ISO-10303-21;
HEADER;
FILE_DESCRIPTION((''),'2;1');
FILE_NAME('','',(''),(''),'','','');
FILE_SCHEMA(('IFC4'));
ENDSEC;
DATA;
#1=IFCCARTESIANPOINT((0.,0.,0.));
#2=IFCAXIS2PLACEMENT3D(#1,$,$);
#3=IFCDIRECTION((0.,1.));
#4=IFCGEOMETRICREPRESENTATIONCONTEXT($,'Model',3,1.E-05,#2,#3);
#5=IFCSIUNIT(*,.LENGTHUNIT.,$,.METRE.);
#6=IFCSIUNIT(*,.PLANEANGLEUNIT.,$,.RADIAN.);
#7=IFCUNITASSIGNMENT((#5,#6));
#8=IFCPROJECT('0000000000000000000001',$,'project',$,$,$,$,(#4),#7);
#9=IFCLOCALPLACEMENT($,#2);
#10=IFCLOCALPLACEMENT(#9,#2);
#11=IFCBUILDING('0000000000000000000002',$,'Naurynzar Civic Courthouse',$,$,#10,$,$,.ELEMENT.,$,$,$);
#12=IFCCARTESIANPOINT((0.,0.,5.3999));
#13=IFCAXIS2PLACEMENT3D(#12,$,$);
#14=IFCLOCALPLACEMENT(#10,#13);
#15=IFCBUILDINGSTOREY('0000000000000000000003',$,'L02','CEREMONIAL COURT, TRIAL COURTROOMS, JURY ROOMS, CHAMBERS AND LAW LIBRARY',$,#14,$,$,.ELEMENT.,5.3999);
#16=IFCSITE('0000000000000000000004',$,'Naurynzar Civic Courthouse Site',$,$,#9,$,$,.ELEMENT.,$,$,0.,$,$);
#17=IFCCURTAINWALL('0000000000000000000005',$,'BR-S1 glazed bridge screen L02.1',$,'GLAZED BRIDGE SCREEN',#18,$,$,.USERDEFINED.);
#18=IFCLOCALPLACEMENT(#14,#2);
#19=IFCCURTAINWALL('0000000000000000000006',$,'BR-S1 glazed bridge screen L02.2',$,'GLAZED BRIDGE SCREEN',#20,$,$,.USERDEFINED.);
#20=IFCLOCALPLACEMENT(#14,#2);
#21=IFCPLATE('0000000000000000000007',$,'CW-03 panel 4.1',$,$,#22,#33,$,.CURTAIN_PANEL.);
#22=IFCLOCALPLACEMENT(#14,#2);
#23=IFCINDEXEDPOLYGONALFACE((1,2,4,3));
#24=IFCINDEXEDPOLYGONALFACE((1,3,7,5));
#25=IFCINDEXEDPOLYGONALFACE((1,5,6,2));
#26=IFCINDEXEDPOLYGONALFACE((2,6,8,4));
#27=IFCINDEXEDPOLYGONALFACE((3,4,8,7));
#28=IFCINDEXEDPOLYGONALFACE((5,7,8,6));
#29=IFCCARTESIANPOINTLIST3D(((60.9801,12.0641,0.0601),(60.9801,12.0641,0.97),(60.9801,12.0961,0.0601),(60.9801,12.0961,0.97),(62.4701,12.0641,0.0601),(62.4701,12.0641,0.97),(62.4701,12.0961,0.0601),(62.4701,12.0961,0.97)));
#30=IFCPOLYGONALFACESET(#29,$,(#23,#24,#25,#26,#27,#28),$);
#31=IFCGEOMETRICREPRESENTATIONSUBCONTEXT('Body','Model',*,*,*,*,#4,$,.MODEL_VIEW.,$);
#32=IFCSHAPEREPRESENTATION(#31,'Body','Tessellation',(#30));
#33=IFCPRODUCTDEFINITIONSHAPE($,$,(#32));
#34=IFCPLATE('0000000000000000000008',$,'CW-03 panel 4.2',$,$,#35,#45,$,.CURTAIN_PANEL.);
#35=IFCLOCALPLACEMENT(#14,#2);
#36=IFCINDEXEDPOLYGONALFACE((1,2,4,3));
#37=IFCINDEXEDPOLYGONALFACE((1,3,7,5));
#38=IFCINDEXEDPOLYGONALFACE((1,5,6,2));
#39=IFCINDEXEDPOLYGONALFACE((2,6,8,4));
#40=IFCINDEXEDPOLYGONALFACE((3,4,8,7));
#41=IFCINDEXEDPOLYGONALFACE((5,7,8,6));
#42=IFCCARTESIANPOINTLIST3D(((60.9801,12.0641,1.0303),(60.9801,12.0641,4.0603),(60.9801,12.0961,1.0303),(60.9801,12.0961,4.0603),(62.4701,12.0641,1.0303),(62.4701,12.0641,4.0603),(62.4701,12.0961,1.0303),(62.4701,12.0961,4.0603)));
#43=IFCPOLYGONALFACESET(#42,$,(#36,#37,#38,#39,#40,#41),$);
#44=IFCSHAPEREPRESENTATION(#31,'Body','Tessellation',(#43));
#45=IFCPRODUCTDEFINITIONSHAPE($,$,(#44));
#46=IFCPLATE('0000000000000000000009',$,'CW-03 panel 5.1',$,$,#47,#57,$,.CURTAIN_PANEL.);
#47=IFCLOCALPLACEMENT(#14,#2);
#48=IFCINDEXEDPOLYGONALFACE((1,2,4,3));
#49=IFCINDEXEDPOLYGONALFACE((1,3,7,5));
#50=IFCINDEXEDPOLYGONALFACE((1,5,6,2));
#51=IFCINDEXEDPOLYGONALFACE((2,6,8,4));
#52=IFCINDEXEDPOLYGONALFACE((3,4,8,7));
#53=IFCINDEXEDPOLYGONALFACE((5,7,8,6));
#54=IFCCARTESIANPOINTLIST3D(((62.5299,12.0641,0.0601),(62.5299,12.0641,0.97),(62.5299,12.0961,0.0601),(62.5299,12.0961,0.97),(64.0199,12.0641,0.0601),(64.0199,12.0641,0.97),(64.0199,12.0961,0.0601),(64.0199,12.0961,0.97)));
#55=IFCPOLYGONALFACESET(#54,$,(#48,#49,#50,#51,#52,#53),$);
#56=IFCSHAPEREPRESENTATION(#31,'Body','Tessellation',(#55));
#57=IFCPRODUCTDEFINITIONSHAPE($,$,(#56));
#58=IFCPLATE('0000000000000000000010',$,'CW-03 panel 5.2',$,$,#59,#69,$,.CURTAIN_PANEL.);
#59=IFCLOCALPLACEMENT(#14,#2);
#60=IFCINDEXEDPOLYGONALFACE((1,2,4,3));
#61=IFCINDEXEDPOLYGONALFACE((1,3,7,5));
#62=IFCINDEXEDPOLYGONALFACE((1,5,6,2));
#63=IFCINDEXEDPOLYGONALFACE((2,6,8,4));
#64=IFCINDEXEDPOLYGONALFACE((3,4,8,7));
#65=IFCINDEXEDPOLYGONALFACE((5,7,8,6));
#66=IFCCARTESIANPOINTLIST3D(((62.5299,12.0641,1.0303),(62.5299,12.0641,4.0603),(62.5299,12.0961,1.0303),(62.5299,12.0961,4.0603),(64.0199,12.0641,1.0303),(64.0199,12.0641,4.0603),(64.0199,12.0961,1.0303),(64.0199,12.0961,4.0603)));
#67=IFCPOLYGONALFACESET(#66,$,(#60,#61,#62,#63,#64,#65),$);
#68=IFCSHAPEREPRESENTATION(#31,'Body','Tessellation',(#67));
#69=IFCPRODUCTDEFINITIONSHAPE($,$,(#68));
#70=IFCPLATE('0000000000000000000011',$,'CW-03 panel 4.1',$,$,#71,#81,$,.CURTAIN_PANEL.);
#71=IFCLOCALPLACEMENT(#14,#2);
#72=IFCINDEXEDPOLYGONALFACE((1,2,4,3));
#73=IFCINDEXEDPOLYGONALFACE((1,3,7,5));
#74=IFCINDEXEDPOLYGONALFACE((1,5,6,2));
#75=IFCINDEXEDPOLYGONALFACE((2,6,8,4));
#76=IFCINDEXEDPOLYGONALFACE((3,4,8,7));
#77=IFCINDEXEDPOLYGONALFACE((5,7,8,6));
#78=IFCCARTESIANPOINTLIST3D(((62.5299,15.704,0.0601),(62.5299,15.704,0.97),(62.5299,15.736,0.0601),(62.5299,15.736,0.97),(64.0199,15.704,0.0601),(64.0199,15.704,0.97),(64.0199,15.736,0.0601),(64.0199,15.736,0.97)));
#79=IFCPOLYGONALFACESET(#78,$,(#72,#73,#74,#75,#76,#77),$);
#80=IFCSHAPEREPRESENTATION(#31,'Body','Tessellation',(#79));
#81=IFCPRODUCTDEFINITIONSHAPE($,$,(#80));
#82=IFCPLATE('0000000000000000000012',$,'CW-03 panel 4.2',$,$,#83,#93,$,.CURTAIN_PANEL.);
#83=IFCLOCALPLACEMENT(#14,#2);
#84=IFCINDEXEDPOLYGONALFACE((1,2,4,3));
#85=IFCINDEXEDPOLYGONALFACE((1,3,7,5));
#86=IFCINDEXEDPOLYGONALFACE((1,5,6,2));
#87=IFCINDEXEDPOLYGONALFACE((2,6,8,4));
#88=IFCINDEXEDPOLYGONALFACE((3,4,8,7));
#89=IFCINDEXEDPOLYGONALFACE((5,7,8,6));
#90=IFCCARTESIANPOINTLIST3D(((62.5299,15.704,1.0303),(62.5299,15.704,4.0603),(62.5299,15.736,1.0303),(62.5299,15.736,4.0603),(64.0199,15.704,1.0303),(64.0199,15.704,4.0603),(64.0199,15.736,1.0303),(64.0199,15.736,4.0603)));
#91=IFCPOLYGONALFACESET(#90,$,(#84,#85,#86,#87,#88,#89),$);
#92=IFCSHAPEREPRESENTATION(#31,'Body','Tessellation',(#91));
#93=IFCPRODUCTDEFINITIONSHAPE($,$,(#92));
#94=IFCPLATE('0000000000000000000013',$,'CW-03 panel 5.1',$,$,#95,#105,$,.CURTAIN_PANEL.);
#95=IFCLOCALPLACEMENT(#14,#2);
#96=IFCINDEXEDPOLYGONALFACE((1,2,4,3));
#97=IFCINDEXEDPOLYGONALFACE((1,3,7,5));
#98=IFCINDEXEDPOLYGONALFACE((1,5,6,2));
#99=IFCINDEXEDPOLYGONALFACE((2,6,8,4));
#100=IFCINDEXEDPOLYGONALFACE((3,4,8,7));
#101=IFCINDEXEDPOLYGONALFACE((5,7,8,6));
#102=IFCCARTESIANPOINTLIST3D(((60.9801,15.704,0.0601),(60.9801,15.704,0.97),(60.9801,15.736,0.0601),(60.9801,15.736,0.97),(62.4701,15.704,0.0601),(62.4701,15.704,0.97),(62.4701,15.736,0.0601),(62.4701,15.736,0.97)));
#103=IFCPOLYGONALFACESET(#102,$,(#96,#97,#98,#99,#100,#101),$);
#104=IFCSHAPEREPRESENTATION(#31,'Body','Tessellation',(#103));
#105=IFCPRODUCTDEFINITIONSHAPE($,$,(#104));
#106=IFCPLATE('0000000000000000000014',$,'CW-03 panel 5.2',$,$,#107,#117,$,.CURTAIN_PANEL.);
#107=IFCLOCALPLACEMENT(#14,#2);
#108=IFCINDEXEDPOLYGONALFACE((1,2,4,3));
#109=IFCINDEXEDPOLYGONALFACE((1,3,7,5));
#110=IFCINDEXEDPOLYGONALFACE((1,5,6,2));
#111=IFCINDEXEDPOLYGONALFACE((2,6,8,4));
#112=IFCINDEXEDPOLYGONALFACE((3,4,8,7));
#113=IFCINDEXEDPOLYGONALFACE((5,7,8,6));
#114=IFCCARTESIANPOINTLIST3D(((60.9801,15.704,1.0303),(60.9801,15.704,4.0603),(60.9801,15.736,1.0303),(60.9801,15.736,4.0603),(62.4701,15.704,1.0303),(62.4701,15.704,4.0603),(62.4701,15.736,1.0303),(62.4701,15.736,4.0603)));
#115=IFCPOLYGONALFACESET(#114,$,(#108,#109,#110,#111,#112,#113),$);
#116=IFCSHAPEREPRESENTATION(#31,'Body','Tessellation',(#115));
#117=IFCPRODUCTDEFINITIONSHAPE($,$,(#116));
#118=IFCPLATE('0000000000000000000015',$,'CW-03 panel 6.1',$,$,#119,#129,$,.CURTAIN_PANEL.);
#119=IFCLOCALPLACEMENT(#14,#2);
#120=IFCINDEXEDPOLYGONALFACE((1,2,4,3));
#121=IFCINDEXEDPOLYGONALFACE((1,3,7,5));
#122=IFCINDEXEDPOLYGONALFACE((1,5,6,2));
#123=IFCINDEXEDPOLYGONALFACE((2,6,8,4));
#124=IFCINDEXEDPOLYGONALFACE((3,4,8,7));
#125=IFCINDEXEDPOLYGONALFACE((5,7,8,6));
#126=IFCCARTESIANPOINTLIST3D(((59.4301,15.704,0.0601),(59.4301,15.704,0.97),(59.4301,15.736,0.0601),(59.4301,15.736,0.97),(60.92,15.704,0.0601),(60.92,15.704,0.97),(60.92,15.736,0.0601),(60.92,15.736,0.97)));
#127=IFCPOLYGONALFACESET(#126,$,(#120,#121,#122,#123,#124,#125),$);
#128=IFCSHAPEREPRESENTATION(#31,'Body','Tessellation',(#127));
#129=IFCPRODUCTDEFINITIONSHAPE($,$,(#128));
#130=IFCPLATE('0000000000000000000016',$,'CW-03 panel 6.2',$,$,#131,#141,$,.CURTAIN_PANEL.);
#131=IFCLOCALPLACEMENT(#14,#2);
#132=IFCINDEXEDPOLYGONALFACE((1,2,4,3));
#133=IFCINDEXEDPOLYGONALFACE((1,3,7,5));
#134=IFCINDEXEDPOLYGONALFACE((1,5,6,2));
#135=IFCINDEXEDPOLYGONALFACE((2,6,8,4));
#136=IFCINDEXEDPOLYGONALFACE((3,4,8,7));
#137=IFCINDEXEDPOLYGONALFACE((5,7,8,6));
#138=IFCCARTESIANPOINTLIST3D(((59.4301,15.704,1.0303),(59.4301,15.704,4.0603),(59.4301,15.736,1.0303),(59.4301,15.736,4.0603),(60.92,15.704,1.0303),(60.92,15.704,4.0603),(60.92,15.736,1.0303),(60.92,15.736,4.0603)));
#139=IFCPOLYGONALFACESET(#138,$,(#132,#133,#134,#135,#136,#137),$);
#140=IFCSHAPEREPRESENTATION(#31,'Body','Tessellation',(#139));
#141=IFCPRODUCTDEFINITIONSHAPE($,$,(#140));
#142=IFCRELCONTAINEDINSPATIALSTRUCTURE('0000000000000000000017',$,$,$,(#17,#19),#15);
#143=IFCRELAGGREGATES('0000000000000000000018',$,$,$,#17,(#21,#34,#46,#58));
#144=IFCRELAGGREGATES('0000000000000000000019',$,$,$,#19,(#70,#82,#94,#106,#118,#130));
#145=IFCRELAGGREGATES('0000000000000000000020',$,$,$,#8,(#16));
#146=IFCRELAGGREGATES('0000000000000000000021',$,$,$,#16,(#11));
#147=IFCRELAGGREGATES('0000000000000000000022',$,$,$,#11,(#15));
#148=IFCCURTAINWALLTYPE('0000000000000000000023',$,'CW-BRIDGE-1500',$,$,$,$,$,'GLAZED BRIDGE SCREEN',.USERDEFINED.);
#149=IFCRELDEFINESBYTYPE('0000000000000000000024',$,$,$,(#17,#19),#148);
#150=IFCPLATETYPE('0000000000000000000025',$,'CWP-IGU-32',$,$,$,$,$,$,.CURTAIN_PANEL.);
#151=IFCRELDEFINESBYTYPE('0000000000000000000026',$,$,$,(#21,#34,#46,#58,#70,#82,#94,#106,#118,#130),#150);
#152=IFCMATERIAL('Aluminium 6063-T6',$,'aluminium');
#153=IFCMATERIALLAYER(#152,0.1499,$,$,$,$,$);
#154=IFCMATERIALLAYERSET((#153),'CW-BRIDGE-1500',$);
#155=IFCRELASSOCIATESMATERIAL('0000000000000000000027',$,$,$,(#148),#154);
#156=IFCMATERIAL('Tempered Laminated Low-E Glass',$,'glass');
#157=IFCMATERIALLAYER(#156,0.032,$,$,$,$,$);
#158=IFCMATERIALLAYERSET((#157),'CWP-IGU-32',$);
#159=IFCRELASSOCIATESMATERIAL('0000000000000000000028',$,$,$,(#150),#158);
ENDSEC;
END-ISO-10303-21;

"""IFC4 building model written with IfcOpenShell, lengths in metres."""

from ifc_helpers import new_model, si_unit, direction, frame, origin, origin_2d, place, context, subcontext, project, spatial, rectangle, extrude, material, layer, layer_set, type_object, element, aggregate, save


model = new_model("IFC4")

# Units and contexts
model_context = context("Model", 3, precision=1e-05, world=origin(), true_north=direction((0.0, 1.0)))
body_context = subcontext(model_context, "Body", "Model", "MODEL_VIEW")
ifc_project = project(units=[si_unit("LENGTHUNIT", "METRE"), si_unit("PLANEANGLEUNIT", "RADIAN")], contexts=[model_context])

# Site, building, storey
site_placement = place(None, origin())
site = spatial("IfcSite", under=ifc_project, at=site_placement, Name="Naurynzar Civic Courthouse Site", CompositionType="ELEMENT", RefElevation=0.0)
building_placement = place(site_placement, origin())
building = spatial("IfcBuilding", under=site, at=building_placement, Name="Naurynzar Civic Courthouse", CompositionType="ELEMENT")
storey_placement = place(building_placement, frame((0.0, 0.0, 5.3999)))
storey = spatial("IfcBuildingStorey", under=building, at=storey_placement, Name="L02", Description="CEREMONIAL COURT, TRIAL COURTROOMS, JURY ROOMS, CHAMBERS AND LAW LIBRARY", CompositionType="ELEMENT", Elevation=5.3999)

# Curtain walls
ifc_material_1 = material(Name="Aluminium 6063-T6", Category="aluminium")
ifc_layer_1 = layer(ifc_material_1, 0.1499)
ifc_layer_set_1 = layer_set([ifc_layer_1], Name="CW-BRIDGE-1500")
curtain_wall_type = type_object("IfcCurtainWallType", Name="CW-BRIDGE-1500", ElementType="GLAZED BRIDGE SCREEN", PredefinedType="USERDEFINED", material=ifc_layer_set_1)
curtain_wall_1_placement = place(storey_placement, origin())
curtain_wall_1 = element("IfcCurtainWall", 1, at=curtain_wall_1_placement, inside=storey, type_object=curtain_wall_type, Name="BR-S1 glazed bridge screen L02.1", ObjectType="GLAZED BRIDGE SCREEN", PredefinedType="USERDEFINED")
curtain_wall_2_placement = place(storey_placement, origin())
curtain_wall_2 = element("IfcCurtainWall", 2, at=curtain_wall_2_placement, inside=storey, type_object=curtain_wall_type, Name="BR-S1 glazed bridge screen L02.2", ObjectType="GLAZED BRIDGE SCREEN", PredefinedType="USERDEFINED")

# Plates
ifc_material_2 = material(Name="Tempered Laminated Low-E Glass", Category="glass")
ifc_layer_2 = layer(ifc_material_2, 0.032)
ifc_layer_set_2 = layer_set([ifc_layer_2], Name="CWP-IGU-32")
plate_type = type_object("IfcPlateType", Name="CWP-IGU-32", PredefinedType="CURTAIN_PANEL", material=ifc_layer_set_2)
plate_1_placement = place(storey_placement, frame((61.7251, 12.0801, 0.0601), z_axis=(0.0, 0.0, 1.0), x_axis=(1.0, 0.0, 0.0)))
plate_1 = element("IfcPlate", 3, at=plate_1_placement, type_object=plate_type, Name="CW-03 panel 4.1", PredefinedType="CURTAIN_PANEL", context=body_context, shape_type="SweptSolid", body=[
    extrude(rectangle(XDim=1.49, YDim=0.032, at=origin_2d()), origin(), (0.0, 0.0, 1.0), 0.9099),
])
plate_2_placement = place(storey_placement, frame((61.7251, 12.0801, 1.0303), z_axis=(0.0, 0.0, 1.0), x_axis=(1.0, 0.0, 0.0)))
plate_2 = element("IfcPlate", 4, at=plate_2_placement, type_object=plate_type, Name="CW-03 panel 4.2", PredefinedType="CURTAIN_PANEL", context=body_context, shape_type="SweptSolid", body=[
    extrude(rectangle(XDim=1.49, YDim=0.032, at=origin_2d()), origin(), (0.0, 0.0, 1.0), 3.03),
])
plate_3_placement = place(storey_placement, frame((63.2749, 12.0801, 0.0601), z_axis=(0.0, 0.0, 1.0), x_axis=(1.0, 0.0, 0.0)))
plate_3 = element("IfcPlate", 5, at=plate_3_placement, type_object=plate_type, Name="CW-03 panel 5.1", PredefinedType="CURTAIN_PANEL", context=body_context, shape_type="SweptSolid", body=[
    extrude(rectangle(XDim=1.49, YDim=0.032, at=origin_2d()), origin(), (0.0, 0.0, 1.0), 0.9099),
])
plate_4_placement = place(storey_placement, frame((63.2749, 12.0801, 1.0303), z_axis=(0.0, 0.0, 1.0), x_axis=(1.0, 0.0, 0.0)))
plate_4 = element("IfcPlate", 6, at=plate_4_placement, type_object=plate_type, Name="CW-03 panel 5.2", PredefinedType="CURTAIN_PANEL", context=body_context, shape_type="SweptSolid", body=[
    extrude(rectangle(XDim=1.49, YDim=0.032, at=origin_2d()), origin(), (0.0, 0.0, 1.0), 3.03),
])
aggregate(curtain_wall_1, [plate_1, plate_2, plate_3, plate_4])
plate_5_placement = place(storey_placement, frame((63.2749, 15.72, 0.0601), z_axis=(0.0, 0.0, 1.0), x_axis=(-1.0, 0.0, 0.0)))
plate_5 = element("IfcPlate", 7, at=plate_5_placement, type_object=plate_type, Name="CW-03 panel 4.1", PredefinedType="CURTAIN_PANEL", context=body_context, shape_type="SweptSolid", body=[
    extrude(rectangle(XDim=1.49, YDim=0.032, at=origin_2d()), origin(), (0.0, 0.0, 1.0), 0.9099),
])
plate_6_placement = place(storey_placement, frame((63.2749, 15.72, 1.0303), z_axis=(0.0, 0.0, 1.0), x_axis=(-1.0, 0.0, 0.0)))
plate_6 = element("IfcPlate", 8, at=plate_6_placement, type_object=plate_type, Name="CW-03 panel 4.2", PredefinedType="CURTAIN_PANEL", context=body_context, shape_type="SweptSolid", body=[
    extrude(rectangle(XDim=1.49, YDim=0.032, at=origin_2d()), origin(), (0.0, 0.0, 1.0), 3.03),
])
plate_7_placement = place(storey_placement, frame((61.7251, 15.72, 0.0601), z_axis=(0.0, 0.0, 1.0), x_axis=(-1.0, 0.0, 0.0)))
plate_7 = element("IfcPlate", 9, at=plate_7_placement, type_object=plate_type, Name="CW-03 panel 5.1", PredefinedType="CURTAIN_PANEL", context=body_context, shape_type="SweptSolid", body=[
    extrude(rectangle(XDim=1.49, YDim=0.032, at=origin_2d()), origin(), (0.0, 0.0, 1.0), 0.9099),
])
plate_8_placement = place(storey_placement, frame((61.7251, 15.72, 1.0303), z_axis=(0.0, 0.0, 1.0), x_axis=(-1.0, 0.0, 0.0)))
plate_8 = element("IfcPlate", 10, at=plate_8_placement, type_object=plate_type, Name="CW-03 panel 5.2", PredefinedType="CURTAIN_PANEL", context=body_context, shape_type="SweptSolid", body=[
    extrude(rectangle(XDim=1.49, YDim=0.032, at=origin_2d()), origin(), (0.0, 0.0, 1.0), 3.03),
])
plate_9_placement = place(storey_placement, frame((60.175, 15.72, 0.0601), z_axis=(0.0, 0.0, 1.0), x_axis=(-1.0, 0.0, 0.0)))
plate_9 = element("IfcPlate", 11, at=plate_9_placement, type_object=plate_type, Name="CW-03 panel 6.1", PredefinedType="CURTAIN_PANEL", context=body_context, shape_type="SweptSolid", body=[
    extrude(rectangle(XDim=1.49, YDim=0.032, at=origin_2d()), origin(), (0.0, 0.0, 1.0), 0.9099),
])
plate_10_placement = place(storey_placement, frame((60.175, 15.72, 1.0303), z_axis=(0.0, 0.0, 1.0), x_axis=(-1.0, 0.0, 0.0)))
plate_10 = element("IfcPlate", 12, at=plate_10_placement, type_object=plate_type, Name="CW-03 panel 6.2", PredefinedType="CURTAIN_PANEL", context=body_context, shape_type="SweptSolid", body=[
    extrude(rectangle(XDim=1.49, YDim=0.032, at=origin_2d()), origin(), (0.0, 0.0, 1.0), 3.03),
])
aggregate(curtain_wall_2, [plate_5, plate_6, plate_7, plate_8, plate_9, plate_10])

save(model, "model.ifc")
